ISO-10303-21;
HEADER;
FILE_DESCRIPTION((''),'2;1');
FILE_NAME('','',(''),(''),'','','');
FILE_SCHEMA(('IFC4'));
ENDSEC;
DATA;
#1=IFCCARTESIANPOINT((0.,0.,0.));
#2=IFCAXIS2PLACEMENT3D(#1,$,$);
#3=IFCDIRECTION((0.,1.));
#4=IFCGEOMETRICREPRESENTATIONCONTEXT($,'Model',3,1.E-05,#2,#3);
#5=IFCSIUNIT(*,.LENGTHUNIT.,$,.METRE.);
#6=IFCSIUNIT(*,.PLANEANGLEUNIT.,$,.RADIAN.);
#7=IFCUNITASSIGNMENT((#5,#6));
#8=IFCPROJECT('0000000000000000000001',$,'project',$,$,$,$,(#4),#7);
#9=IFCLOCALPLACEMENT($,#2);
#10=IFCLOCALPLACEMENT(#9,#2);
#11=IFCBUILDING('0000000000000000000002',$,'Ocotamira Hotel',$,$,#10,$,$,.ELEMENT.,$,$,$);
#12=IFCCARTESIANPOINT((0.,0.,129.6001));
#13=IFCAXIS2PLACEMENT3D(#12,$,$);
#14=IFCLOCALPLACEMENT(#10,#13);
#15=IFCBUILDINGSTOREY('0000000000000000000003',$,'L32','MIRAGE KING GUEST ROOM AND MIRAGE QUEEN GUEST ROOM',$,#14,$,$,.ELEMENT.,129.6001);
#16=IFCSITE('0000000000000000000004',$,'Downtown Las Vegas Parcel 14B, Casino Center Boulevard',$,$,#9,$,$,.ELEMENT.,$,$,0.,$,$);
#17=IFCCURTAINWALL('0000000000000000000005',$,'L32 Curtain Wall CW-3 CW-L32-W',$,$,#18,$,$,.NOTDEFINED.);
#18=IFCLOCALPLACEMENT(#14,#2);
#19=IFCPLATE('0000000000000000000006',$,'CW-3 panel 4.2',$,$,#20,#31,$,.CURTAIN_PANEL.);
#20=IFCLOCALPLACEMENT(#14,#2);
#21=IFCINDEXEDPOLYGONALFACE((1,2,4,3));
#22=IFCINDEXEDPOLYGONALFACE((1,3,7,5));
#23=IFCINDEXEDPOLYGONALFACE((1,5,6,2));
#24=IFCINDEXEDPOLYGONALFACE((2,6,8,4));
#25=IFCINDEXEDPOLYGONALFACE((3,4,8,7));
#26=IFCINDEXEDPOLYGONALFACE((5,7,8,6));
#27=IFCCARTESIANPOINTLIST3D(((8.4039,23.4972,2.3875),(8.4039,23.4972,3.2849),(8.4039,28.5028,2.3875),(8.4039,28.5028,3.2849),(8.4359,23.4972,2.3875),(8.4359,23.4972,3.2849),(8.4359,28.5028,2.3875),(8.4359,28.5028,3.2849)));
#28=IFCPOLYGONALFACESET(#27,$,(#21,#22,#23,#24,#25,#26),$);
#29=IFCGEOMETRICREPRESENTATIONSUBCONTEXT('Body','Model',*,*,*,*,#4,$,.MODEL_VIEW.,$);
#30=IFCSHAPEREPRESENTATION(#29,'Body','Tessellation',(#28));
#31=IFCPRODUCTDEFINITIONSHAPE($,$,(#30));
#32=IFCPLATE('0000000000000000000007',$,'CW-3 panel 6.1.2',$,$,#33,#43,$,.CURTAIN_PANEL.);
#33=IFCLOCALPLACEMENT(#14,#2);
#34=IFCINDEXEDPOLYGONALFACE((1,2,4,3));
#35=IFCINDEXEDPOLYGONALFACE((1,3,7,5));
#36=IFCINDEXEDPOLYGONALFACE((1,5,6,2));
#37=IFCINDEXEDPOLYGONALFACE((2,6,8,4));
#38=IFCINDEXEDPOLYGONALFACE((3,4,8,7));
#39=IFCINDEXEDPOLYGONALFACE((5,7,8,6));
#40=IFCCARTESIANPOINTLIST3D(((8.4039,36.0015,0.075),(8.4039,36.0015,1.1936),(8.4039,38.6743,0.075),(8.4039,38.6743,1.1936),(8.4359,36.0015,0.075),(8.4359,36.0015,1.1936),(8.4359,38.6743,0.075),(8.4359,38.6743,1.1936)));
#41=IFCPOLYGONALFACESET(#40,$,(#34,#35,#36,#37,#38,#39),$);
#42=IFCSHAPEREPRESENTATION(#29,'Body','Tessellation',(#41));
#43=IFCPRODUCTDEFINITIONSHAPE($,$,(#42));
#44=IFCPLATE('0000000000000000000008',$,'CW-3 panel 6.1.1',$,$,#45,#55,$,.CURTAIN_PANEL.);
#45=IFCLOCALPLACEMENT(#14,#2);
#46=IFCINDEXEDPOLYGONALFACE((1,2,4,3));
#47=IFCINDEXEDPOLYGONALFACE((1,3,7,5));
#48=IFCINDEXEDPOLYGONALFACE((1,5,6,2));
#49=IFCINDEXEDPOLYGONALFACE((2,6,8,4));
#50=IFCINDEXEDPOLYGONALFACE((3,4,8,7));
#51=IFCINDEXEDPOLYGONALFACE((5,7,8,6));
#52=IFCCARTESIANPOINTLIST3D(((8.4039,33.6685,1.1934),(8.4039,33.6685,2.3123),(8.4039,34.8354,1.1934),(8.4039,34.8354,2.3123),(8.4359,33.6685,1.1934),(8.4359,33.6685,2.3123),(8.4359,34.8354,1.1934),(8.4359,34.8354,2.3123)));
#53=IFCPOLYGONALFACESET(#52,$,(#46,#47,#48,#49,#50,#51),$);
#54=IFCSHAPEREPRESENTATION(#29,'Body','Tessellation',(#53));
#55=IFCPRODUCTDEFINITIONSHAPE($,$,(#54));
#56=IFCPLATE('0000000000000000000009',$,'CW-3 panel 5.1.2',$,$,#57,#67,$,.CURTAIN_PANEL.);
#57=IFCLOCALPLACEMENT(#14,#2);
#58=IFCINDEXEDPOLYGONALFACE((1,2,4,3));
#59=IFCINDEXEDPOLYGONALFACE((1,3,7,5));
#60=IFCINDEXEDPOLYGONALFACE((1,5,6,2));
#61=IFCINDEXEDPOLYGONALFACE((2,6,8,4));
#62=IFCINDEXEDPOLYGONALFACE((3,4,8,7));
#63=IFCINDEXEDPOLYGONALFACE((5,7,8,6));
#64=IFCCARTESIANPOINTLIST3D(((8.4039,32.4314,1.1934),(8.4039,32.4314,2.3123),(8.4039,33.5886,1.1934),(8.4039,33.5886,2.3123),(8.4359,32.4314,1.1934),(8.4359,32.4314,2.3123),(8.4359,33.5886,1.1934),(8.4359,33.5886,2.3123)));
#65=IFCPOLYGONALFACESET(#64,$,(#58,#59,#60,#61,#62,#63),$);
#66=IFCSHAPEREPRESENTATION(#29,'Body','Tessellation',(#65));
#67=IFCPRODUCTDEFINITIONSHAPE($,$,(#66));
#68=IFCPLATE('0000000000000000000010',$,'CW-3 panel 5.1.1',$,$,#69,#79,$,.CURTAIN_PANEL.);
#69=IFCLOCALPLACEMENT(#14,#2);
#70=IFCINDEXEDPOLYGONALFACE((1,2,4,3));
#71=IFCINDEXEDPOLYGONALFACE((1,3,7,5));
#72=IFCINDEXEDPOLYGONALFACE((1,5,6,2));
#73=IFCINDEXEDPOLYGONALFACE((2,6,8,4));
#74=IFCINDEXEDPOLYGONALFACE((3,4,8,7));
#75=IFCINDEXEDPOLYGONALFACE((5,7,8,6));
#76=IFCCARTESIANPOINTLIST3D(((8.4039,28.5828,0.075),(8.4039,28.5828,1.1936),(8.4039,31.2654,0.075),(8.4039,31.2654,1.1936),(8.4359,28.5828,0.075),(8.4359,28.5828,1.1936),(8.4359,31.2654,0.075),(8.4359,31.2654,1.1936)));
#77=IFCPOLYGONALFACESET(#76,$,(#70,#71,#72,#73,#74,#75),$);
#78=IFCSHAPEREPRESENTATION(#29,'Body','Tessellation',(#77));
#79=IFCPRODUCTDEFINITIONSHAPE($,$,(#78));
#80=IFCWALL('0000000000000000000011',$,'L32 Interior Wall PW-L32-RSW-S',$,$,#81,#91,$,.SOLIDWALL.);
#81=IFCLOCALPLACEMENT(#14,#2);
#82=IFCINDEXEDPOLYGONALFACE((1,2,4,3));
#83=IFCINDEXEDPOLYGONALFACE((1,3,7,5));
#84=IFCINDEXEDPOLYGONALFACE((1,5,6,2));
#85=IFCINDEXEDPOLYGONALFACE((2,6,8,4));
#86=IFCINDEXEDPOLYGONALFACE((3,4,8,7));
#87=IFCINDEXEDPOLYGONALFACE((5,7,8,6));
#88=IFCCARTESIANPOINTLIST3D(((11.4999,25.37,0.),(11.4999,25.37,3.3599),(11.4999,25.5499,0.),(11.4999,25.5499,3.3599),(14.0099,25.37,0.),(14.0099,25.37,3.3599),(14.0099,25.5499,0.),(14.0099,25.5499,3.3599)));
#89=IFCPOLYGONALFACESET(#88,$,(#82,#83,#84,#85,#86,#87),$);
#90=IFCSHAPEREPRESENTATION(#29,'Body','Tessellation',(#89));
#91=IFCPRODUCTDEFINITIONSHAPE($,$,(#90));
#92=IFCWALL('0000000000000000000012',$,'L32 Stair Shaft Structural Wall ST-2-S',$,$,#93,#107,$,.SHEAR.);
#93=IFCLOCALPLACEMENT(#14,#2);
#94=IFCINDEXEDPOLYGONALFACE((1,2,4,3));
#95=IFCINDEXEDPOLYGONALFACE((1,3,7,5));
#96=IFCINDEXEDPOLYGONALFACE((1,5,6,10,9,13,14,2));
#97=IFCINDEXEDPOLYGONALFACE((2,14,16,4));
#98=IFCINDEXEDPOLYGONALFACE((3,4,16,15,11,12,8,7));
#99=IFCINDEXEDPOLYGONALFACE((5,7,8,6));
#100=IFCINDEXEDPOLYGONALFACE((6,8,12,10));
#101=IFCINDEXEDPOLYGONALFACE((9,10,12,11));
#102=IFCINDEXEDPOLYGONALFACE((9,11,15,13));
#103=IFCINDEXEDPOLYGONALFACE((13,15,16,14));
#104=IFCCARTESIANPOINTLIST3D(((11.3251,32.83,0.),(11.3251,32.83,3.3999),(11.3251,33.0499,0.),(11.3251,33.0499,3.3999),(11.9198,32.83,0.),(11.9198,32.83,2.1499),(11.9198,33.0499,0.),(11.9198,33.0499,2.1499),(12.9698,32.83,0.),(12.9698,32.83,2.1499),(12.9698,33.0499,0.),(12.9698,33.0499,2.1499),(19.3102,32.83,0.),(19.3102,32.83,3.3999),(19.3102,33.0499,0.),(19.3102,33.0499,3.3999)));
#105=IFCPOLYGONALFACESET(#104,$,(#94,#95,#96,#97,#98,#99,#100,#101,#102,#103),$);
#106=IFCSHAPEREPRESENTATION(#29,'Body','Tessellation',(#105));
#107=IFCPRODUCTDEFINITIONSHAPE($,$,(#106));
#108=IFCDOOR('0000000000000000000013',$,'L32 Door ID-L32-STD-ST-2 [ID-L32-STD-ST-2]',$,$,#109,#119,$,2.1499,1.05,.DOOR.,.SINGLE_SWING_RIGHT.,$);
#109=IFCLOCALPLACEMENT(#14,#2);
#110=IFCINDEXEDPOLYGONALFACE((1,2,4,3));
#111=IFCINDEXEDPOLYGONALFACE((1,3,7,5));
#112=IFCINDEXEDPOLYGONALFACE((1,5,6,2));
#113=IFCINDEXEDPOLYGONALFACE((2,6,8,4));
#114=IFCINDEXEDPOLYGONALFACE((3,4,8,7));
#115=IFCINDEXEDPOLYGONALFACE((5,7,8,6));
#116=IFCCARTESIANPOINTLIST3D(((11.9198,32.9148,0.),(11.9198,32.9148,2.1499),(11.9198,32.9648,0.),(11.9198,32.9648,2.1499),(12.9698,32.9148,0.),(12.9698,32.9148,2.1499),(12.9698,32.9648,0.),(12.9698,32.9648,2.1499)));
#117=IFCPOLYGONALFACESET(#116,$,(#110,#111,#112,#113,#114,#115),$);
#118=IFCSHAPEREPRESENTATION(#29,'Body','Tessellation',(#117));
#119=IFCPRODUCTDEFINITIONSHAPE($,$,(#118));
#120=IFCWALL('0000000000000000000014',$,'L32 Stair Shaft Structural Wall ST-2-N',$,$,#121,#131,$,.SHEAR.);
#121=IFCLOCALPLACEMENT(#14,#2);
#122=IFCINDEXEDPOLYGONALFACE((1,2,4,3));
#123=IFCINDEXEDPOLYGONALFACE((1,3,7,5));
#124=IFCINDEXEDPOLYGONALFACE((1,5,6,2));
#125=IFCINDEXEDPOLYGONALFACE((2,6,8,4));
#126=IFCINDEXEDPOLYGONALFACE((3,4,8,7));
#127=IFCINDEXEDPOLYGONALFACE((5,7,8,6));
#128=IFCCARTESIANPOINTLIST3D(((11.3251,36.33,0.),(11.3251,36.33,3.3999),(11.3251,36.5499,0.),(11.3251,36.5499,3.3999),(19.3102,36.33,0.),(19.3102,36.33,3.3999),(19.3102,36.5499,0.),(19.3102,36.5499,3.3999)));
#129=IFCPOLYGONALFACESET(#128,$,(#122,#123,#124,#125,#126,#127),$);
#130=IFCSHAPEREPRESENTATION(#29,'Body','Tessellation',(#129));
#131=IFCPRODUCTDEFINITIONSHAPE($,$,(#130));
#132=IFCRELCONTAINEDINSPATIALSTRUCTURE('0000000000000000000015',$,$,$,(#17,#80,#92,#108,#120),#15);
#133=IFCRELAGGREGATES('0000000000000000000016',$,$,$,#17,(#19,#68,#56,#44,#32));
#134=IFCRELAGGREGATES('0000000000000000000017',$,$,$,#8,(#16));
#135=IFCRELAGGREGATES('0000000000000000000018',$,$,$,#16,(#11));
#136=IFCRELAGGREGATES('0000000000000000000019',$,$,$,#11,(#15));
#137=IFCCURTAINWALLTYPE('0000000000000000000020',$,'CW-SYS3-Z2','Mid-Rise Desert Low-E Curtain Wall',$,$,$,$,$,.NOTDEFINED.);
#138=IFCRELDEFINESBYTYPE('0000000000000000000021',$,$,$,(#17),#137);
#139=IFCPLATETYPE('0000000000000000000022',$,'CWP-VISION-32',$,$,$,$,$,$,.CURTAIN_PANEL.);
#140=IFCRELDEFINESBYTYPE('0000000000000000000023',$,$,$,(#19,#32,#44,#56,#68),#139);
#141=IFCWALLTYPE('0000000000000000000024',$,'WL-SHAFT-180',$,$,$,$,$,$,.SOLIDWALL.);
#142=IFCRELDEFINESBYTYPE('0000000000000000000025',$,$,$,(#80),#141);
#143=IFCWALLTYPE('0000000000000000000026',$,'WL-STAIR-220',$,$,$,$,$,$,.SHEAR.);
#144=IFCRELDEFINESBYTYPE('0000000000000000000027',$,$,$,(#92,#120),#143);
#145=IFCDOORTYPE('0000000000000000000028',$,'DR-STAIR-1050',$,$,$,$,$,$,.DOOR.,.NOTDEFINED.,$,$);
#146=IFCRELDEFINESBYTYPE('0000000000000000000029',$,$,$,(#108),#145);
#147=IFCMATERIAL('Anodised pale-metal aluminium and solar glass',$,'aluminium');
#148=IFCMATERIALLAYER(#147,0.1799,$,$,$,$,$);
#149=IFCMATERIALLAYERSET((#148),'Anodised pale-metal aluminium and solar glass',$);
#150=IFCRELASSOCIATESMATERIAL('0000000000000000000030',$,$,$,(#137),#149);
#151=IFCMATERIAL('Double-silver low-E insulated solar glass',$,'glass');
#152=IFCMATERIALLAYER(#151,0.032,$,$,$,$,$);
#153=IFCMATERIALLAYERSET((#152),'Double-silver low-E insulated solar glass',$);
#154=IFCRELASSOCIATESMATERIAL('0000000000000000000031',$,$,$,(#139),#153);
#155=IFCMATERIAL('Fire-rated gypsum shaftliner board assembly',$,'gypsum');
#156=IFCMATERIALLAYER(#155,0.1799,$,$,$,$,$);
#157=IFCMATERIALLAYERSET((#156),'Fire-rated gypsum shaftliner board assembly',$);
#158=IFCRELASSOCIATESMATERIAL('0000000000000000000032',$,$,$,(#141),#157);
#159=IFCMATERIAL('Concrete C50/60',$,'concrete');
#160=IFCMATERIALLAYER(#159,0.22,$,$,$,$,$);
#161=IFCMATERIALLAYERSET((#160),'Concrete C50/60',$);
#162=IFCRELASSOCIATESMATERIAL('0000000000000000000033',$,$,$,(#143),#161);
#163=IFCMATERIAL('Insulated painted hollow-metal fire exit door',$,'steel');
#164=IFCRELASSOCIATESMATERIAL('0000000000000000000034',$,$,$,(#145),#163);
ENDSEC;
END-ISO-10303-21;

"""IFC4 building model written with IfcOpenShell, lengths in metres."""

from ifc_helpers import new_model, si_unit, direction, frame, frame_2d, origin, origin_2d, place, context, subcontext, project, spatial, rectangle, extrude, source, transform, mapped, material, layer, layer_set, type_object, element, fill, aggregate, save


model = new_model("IFC4")

# Units and contexts
model_context = context("Model", 3, precision=1e-05, world=origin(), true_north=direction((0.0, 1.0)))
body_context = subcontext(model_context, "Body", "Model", "MODEL_VIEW")
ifc_project = project(units=[si_unit("LENGTHUNIT", "METRE"), si_unit("PLANEANGLEUNIT", "RADIAN")], contexts=[model_context])

# Site, building, storey
site_placement = place(None, origin())
site = spatial("IfcSite", under=ifc_project, at=site_placement, Name="Downtown Las Vegas Parcel 14B, Casino Center Boulevard", CompositionType="ELEMENT", RefElevation=0.0)
building_placement = place(site_placement, origin())
building = spatial("IfcBuilding", under=site, at=building_placement, Name="Ocotamira Hotel", CompositionType="ELEMENT")
storey_placement = place(building_placement, frame((0.0, 0.0, 129.6001)))
storey = spatial("IfcBuildingStorey", under=building, at=storey_placement, Name="L32", Description="MIRAGE KING GUEST ROOM AND MIRAGE QUEEN GUEST ROOM", CompositionType="ELEMENT", Elevation=129.6001)

# Curtain wall
ifc_material_1 = material(Name="Anodised pale-metal aluminium and solar glass", Category="aluminium")
ifc_layer_1 = layer(ifc_material_1, 0.1799)
ifc_layer_set_1 = layer_set([ifc_layer_1], Name="Anodised pale-metal aluminium and solar glass")
curtain_wall_type = type_object("IfcCurtainWallType", Name="CW-SYS3-Z2", Description="Mid-Rise Desert Low-E Curtain Wall", PredefinedType="NOTDEFINED", material=ifc_layer_set_1)
curtain_wall_placement = place(storey_placement, origin())
curtain_wall = element("IfcCurtainWall", 1, at=curtain_wall_placement, inside=storey, type_object=curtain_wall_type, Name="L32 Curtain Wall CW-3 CW-L32-W", PredefinedType="NOTDEFINED")

# Plates
ifc_material_2 = material(Name="Double-silver low-E insulated solar glass", Category="glass")
ifc_layer_2 = layer(ifc_material_2, 0.032)
ifc_layer_set_2 = layer_set([ifc_layer_2], Name="Double-silver low-E insulated solar glass")
plate_type_1 = type_object("IfcPlateType", Name="CWP-VISION-32", PredefinedType="CURTAIN_PANEL", material=ifc_layer_set_2)
shared_shape_1 = source(origin(), body_context, "Body", "SweptSolid", [
    extrude(rectangle(XDim=5.0056, YDim=0.032, at=origin_2d()), origin(), (0.0, 0.0, 1.0), 0.8975),
])
plate_1_placement = place(storey_placement, frame((8.4199, 26.0, 2.3875), z_axis=(0.0, 0.0, 1.0), x_axis=(0.0, 1.0, 0.0)))
plate_1 = element("IfcPlate", 2, at=plate_1_placement, type_object=plate_type_1, Name="CW-3 panel 4.2", PredefinedType="CURTAIN_PANEL", context=body_context, shape_type="MappedRepresentation", body=[
    mapped(shared_shape_1, transform((0.0, 0.0, 0.0), scale=1.0)),
])
shared_shape_2 = source(origin(), body_context, "Body", "SweptSolid", [
    extrude(rectangle(XDim=2.6729, YDim=0.032, at=origin_2d()), origin(), (0.0, 0.0, 1.0), 1.1187),
])
plate_2_placement = place(storey_placement, frame((8.4199, 37.3379, 0.075), z_axis=(0.0, 0.0, 1.0), x_axis=(0.0, 1.0, 0.0)))
plate_2 = element("IfcPlate", 3, at=plate_2_placement, type_object=plate_type_1, Name="CW-3 panel 6.1.2", PredefinedType="CURTAIN_PANEL", context=body_context, shape_type="MappedRepresentation", body=[
    mapped(shared_shape_2, transform((0.0, 0.0, 0.0), scale=1.0)),
])
shared_shape_3 = source(origin(), body_context, "Body", "SweptSolid", [
    extrude(rectangle(XDim=1.167, YDim=0.032, at=origin_2d()), origin(), (0.0, 0.0, 1.0), 1.1189),
])
plate_3_placement = place(storey_placement, frame((8.4199, 34.252, 1.1934), z_axis=(0.0, 0.0, 1.0), x_axis=(0.0, 1.0, 0.0)))
plate_3 = element("IfcPlate", 4, at=plate_3_placement, type_object=plate_type_1, Name="CW-3 panel 6.1.1", PredefinedType="CURTAIN_PANEL", context=body_context, shape_type="MappedRepresentation", body=[
    mapped(shared_shape_3, transform((0.0, 0.0, 0.0), scale=1.0)),
])
shared_shape_4 = source(origin(), body_context, "Body", "SweptSolid", [
    extrude(rectangle(XDim=1.1572, YDim=0.032, at=origin_2d()), origin(), (0.0, 0.0, 1.0), 1.1189),
])
plate_4_placement = place(storey_placement, frame((8.4199, 33.01, 1.1934), z_axis=(0.0, 0.0, 1.0), x_axis=(0.0, 1.0, 0.0)))
plate_4 = element("IfcPlate", 5, at=plate_4_placement, type_object=plate_type_1, Name="CW-3 panel 5.1.2", PredefinedType="CURTAIN_PANEL", context=body_context, shape_type="MappedRepresentation", body=[
    mapped(shared_shape_4, transform((0.0, 0.0, 0.0), scale=1.0)),
])
shared_shape_5 = source(origin(), body_context, "Body", "SweptSolid", [
    extrude(rectangle(XDim=2.6826, YDim=0.032, at=origin_2d()), origin(), (0.0, 0.0, 1.0), 1.1187),
])
plate_5_placement = place(storey_placement, frame((8.4199, 29.9241, 0.075), z_axis=(0.0, 0.0, 1.0), x_axis=(0.0, 1.0, 0.0)))
plate_5 = element("IfcPlate", 6, at=plate_5_placement, type_object=plate_type_1, Name="CW-3 panel 5.1.1", PredefinedType="CURTAIN_PANEL", context=body_context, shape_type="MappedRepresentation", body=[
    mapped(shared_shape_5, transform((0.0, 0.0, 0.0), scale=1.0)),
])
aggregate(curtain_wall, [plate_1, plate_5, plate_4, plate_3, plate_2])

# Wall
ifc_material_3 = material(Name="Fire-rated gypsum shaftliner board assembly", Category="gypsum")
ifc_layer_3 = layer(ifc_material_3, 0.1799)
ifc_layer_set_3 = layer_set([ifc_layer_3], Name="Fire-rated gypsum shaftliner board assembly")
wall_type_1 = type_object("IfcWallType", Name="WL-SHAFT-180", PredefinedType="SOLIDWALL", material=ifc_layer_set_3)
wall_1_placement = place(storey_placement, frame((11.5, 25.46, 0.0), z_axis=(0.0, 0.0, 1.0), x_axis=(1.0, 0.0, 0.0)))
element("IfcWall", 7, at=wall_1_placement, inside=storey, type_object=wall_type_1, Name="L32 Interior Wall PW-L32-RSW-S", PredefinedType="SOLIDWALL", context=body_context, shape_type="SweptSolid", body=[
    extrude(rectangle(XDim=2.51, YDim=0.1799, at=frame_2d((1.2549, 0.0))), origin(), (0.0, 0.0, 1.0), 3.3599),
])

# Wall, opening, door
ifc_material_4 = material(Name="Concrete C50/60", Category="concrete")
ifc_layer_4 = layer(ifc_material_4, 0.22)
ifc_layer_set_4 = layer_set([ifc_layer_4], Name="Concrete C50/60")
wall_type_2 = type_object("IfcWallType", Name="WL-STAIR-220", PredefinedType="SHEAR", material=ifc_layer_set_4)
wall_2_placement = place(storey_placement, frame((11.325, 32.9399, 0.0), z_axis=(0.0, 0.0, 1.0), x_axis=(1.0, 0.0, 0.0)))
wall_2 = element("IfcWall", 8, at=wall_2_placement, inside=storey, type_object=wall_type_2, Name="L32 Stair Shaft Structural Wall ST-2-S", PredefinedType="SHEAR", context=body_context, shape_type="SweptSolid", body=[
    extrude(rectangle(XDim=7.9851, YDim=0.22, at=frame_2d((3.9927, 0.0))), origin(), (0.0, 0.0, 1.0), 3.3999),
])
opening_1_placement = place(wall_2_placement, frame((0.595, 0.0, 0.0)))
opening_1 = element("IfcOpeningElement", 9, at=opening_1_placement, cuts=wall_2, PredefinedType="OPENING", context=body_context, shape_type="SweptSolid", body=[
    extrude(rectangle(XDim=1.05, YDim=2.1499, at=frame_2d((0.5249, 1.075))), frame((0.0, 0.1201, 0.0), z_axis=(0.0, -1.0, 0.0), x_axis=(1.0, 0.0, 0.0)), (0.0, 0.0, 1.0), 0.24),
])
ifc_material_5 = material(Name="Insulated painted hollow-metal fire exit door", Category="steel")
door_type_1 = type_object("IfcDoorType", Name="DR-STAIR-1050", OperationType="NOTDEFINED", PredefinedType="DOOR", material=ifc_material_5)
shared_shape_6 = source(origin(), body_context, "Body", "SweptSolid", [
    extrude(rectangle(XDim=1.05, YDim=2.1499, at=frame_2d((0.5249, 1.075))), frame((0.0, 0.0249, 0.0), z_axis=(0.0, -1.0, 0.0), x_axis=(1.0, 0.0, 0.0)), (0.0, 0.0, 1.0), 0.05),
])
door_1_placement = place(opening_1_placement, origin())
door_1 = element("IfcDoor", 10, at=door_1_placement, inside=storey, type_object=door_type_1, Name="L32 Door ID-L32-STD-ST-2 [ID-L32-STD-ST-2]", OperationType="SINGLE_SWING_RIGHT", OverallHeight=2.1499, OverallWidth=1.05, PredefinedType="DOOR", context=body_context, shape_type="MappedRepresentation", body=[
    mapped(shared_shape_6, transform((0.0, 0.0, 0.0), scale=1.0)),
])
fill(opening_1, door_1)

# Wall
wall_3_placement = place(storey_placement, frame((11.325, 36.4399, 0.0), z_axis=(0.0, 0.0, 1.0), x_axis=(1.0, 0.0, 0.0)))
element("IfcWall", 11, at=wall_3_placement, inside=storey, type_object=wall_type_2, Name="L32 Stair Shaft Structural Wall ST-2-N", PredefinedType="SHEAR", context=body_context, shape_type="SweptSolid", body=[
    extrude(rectangle(XDim=7.9851, YDim=0.22, at=frame_2d((3.9927, 0.0))), origin(), (0.0, 0.0, 1.0), 3.3999),
])

save(model, "model.ifc")
